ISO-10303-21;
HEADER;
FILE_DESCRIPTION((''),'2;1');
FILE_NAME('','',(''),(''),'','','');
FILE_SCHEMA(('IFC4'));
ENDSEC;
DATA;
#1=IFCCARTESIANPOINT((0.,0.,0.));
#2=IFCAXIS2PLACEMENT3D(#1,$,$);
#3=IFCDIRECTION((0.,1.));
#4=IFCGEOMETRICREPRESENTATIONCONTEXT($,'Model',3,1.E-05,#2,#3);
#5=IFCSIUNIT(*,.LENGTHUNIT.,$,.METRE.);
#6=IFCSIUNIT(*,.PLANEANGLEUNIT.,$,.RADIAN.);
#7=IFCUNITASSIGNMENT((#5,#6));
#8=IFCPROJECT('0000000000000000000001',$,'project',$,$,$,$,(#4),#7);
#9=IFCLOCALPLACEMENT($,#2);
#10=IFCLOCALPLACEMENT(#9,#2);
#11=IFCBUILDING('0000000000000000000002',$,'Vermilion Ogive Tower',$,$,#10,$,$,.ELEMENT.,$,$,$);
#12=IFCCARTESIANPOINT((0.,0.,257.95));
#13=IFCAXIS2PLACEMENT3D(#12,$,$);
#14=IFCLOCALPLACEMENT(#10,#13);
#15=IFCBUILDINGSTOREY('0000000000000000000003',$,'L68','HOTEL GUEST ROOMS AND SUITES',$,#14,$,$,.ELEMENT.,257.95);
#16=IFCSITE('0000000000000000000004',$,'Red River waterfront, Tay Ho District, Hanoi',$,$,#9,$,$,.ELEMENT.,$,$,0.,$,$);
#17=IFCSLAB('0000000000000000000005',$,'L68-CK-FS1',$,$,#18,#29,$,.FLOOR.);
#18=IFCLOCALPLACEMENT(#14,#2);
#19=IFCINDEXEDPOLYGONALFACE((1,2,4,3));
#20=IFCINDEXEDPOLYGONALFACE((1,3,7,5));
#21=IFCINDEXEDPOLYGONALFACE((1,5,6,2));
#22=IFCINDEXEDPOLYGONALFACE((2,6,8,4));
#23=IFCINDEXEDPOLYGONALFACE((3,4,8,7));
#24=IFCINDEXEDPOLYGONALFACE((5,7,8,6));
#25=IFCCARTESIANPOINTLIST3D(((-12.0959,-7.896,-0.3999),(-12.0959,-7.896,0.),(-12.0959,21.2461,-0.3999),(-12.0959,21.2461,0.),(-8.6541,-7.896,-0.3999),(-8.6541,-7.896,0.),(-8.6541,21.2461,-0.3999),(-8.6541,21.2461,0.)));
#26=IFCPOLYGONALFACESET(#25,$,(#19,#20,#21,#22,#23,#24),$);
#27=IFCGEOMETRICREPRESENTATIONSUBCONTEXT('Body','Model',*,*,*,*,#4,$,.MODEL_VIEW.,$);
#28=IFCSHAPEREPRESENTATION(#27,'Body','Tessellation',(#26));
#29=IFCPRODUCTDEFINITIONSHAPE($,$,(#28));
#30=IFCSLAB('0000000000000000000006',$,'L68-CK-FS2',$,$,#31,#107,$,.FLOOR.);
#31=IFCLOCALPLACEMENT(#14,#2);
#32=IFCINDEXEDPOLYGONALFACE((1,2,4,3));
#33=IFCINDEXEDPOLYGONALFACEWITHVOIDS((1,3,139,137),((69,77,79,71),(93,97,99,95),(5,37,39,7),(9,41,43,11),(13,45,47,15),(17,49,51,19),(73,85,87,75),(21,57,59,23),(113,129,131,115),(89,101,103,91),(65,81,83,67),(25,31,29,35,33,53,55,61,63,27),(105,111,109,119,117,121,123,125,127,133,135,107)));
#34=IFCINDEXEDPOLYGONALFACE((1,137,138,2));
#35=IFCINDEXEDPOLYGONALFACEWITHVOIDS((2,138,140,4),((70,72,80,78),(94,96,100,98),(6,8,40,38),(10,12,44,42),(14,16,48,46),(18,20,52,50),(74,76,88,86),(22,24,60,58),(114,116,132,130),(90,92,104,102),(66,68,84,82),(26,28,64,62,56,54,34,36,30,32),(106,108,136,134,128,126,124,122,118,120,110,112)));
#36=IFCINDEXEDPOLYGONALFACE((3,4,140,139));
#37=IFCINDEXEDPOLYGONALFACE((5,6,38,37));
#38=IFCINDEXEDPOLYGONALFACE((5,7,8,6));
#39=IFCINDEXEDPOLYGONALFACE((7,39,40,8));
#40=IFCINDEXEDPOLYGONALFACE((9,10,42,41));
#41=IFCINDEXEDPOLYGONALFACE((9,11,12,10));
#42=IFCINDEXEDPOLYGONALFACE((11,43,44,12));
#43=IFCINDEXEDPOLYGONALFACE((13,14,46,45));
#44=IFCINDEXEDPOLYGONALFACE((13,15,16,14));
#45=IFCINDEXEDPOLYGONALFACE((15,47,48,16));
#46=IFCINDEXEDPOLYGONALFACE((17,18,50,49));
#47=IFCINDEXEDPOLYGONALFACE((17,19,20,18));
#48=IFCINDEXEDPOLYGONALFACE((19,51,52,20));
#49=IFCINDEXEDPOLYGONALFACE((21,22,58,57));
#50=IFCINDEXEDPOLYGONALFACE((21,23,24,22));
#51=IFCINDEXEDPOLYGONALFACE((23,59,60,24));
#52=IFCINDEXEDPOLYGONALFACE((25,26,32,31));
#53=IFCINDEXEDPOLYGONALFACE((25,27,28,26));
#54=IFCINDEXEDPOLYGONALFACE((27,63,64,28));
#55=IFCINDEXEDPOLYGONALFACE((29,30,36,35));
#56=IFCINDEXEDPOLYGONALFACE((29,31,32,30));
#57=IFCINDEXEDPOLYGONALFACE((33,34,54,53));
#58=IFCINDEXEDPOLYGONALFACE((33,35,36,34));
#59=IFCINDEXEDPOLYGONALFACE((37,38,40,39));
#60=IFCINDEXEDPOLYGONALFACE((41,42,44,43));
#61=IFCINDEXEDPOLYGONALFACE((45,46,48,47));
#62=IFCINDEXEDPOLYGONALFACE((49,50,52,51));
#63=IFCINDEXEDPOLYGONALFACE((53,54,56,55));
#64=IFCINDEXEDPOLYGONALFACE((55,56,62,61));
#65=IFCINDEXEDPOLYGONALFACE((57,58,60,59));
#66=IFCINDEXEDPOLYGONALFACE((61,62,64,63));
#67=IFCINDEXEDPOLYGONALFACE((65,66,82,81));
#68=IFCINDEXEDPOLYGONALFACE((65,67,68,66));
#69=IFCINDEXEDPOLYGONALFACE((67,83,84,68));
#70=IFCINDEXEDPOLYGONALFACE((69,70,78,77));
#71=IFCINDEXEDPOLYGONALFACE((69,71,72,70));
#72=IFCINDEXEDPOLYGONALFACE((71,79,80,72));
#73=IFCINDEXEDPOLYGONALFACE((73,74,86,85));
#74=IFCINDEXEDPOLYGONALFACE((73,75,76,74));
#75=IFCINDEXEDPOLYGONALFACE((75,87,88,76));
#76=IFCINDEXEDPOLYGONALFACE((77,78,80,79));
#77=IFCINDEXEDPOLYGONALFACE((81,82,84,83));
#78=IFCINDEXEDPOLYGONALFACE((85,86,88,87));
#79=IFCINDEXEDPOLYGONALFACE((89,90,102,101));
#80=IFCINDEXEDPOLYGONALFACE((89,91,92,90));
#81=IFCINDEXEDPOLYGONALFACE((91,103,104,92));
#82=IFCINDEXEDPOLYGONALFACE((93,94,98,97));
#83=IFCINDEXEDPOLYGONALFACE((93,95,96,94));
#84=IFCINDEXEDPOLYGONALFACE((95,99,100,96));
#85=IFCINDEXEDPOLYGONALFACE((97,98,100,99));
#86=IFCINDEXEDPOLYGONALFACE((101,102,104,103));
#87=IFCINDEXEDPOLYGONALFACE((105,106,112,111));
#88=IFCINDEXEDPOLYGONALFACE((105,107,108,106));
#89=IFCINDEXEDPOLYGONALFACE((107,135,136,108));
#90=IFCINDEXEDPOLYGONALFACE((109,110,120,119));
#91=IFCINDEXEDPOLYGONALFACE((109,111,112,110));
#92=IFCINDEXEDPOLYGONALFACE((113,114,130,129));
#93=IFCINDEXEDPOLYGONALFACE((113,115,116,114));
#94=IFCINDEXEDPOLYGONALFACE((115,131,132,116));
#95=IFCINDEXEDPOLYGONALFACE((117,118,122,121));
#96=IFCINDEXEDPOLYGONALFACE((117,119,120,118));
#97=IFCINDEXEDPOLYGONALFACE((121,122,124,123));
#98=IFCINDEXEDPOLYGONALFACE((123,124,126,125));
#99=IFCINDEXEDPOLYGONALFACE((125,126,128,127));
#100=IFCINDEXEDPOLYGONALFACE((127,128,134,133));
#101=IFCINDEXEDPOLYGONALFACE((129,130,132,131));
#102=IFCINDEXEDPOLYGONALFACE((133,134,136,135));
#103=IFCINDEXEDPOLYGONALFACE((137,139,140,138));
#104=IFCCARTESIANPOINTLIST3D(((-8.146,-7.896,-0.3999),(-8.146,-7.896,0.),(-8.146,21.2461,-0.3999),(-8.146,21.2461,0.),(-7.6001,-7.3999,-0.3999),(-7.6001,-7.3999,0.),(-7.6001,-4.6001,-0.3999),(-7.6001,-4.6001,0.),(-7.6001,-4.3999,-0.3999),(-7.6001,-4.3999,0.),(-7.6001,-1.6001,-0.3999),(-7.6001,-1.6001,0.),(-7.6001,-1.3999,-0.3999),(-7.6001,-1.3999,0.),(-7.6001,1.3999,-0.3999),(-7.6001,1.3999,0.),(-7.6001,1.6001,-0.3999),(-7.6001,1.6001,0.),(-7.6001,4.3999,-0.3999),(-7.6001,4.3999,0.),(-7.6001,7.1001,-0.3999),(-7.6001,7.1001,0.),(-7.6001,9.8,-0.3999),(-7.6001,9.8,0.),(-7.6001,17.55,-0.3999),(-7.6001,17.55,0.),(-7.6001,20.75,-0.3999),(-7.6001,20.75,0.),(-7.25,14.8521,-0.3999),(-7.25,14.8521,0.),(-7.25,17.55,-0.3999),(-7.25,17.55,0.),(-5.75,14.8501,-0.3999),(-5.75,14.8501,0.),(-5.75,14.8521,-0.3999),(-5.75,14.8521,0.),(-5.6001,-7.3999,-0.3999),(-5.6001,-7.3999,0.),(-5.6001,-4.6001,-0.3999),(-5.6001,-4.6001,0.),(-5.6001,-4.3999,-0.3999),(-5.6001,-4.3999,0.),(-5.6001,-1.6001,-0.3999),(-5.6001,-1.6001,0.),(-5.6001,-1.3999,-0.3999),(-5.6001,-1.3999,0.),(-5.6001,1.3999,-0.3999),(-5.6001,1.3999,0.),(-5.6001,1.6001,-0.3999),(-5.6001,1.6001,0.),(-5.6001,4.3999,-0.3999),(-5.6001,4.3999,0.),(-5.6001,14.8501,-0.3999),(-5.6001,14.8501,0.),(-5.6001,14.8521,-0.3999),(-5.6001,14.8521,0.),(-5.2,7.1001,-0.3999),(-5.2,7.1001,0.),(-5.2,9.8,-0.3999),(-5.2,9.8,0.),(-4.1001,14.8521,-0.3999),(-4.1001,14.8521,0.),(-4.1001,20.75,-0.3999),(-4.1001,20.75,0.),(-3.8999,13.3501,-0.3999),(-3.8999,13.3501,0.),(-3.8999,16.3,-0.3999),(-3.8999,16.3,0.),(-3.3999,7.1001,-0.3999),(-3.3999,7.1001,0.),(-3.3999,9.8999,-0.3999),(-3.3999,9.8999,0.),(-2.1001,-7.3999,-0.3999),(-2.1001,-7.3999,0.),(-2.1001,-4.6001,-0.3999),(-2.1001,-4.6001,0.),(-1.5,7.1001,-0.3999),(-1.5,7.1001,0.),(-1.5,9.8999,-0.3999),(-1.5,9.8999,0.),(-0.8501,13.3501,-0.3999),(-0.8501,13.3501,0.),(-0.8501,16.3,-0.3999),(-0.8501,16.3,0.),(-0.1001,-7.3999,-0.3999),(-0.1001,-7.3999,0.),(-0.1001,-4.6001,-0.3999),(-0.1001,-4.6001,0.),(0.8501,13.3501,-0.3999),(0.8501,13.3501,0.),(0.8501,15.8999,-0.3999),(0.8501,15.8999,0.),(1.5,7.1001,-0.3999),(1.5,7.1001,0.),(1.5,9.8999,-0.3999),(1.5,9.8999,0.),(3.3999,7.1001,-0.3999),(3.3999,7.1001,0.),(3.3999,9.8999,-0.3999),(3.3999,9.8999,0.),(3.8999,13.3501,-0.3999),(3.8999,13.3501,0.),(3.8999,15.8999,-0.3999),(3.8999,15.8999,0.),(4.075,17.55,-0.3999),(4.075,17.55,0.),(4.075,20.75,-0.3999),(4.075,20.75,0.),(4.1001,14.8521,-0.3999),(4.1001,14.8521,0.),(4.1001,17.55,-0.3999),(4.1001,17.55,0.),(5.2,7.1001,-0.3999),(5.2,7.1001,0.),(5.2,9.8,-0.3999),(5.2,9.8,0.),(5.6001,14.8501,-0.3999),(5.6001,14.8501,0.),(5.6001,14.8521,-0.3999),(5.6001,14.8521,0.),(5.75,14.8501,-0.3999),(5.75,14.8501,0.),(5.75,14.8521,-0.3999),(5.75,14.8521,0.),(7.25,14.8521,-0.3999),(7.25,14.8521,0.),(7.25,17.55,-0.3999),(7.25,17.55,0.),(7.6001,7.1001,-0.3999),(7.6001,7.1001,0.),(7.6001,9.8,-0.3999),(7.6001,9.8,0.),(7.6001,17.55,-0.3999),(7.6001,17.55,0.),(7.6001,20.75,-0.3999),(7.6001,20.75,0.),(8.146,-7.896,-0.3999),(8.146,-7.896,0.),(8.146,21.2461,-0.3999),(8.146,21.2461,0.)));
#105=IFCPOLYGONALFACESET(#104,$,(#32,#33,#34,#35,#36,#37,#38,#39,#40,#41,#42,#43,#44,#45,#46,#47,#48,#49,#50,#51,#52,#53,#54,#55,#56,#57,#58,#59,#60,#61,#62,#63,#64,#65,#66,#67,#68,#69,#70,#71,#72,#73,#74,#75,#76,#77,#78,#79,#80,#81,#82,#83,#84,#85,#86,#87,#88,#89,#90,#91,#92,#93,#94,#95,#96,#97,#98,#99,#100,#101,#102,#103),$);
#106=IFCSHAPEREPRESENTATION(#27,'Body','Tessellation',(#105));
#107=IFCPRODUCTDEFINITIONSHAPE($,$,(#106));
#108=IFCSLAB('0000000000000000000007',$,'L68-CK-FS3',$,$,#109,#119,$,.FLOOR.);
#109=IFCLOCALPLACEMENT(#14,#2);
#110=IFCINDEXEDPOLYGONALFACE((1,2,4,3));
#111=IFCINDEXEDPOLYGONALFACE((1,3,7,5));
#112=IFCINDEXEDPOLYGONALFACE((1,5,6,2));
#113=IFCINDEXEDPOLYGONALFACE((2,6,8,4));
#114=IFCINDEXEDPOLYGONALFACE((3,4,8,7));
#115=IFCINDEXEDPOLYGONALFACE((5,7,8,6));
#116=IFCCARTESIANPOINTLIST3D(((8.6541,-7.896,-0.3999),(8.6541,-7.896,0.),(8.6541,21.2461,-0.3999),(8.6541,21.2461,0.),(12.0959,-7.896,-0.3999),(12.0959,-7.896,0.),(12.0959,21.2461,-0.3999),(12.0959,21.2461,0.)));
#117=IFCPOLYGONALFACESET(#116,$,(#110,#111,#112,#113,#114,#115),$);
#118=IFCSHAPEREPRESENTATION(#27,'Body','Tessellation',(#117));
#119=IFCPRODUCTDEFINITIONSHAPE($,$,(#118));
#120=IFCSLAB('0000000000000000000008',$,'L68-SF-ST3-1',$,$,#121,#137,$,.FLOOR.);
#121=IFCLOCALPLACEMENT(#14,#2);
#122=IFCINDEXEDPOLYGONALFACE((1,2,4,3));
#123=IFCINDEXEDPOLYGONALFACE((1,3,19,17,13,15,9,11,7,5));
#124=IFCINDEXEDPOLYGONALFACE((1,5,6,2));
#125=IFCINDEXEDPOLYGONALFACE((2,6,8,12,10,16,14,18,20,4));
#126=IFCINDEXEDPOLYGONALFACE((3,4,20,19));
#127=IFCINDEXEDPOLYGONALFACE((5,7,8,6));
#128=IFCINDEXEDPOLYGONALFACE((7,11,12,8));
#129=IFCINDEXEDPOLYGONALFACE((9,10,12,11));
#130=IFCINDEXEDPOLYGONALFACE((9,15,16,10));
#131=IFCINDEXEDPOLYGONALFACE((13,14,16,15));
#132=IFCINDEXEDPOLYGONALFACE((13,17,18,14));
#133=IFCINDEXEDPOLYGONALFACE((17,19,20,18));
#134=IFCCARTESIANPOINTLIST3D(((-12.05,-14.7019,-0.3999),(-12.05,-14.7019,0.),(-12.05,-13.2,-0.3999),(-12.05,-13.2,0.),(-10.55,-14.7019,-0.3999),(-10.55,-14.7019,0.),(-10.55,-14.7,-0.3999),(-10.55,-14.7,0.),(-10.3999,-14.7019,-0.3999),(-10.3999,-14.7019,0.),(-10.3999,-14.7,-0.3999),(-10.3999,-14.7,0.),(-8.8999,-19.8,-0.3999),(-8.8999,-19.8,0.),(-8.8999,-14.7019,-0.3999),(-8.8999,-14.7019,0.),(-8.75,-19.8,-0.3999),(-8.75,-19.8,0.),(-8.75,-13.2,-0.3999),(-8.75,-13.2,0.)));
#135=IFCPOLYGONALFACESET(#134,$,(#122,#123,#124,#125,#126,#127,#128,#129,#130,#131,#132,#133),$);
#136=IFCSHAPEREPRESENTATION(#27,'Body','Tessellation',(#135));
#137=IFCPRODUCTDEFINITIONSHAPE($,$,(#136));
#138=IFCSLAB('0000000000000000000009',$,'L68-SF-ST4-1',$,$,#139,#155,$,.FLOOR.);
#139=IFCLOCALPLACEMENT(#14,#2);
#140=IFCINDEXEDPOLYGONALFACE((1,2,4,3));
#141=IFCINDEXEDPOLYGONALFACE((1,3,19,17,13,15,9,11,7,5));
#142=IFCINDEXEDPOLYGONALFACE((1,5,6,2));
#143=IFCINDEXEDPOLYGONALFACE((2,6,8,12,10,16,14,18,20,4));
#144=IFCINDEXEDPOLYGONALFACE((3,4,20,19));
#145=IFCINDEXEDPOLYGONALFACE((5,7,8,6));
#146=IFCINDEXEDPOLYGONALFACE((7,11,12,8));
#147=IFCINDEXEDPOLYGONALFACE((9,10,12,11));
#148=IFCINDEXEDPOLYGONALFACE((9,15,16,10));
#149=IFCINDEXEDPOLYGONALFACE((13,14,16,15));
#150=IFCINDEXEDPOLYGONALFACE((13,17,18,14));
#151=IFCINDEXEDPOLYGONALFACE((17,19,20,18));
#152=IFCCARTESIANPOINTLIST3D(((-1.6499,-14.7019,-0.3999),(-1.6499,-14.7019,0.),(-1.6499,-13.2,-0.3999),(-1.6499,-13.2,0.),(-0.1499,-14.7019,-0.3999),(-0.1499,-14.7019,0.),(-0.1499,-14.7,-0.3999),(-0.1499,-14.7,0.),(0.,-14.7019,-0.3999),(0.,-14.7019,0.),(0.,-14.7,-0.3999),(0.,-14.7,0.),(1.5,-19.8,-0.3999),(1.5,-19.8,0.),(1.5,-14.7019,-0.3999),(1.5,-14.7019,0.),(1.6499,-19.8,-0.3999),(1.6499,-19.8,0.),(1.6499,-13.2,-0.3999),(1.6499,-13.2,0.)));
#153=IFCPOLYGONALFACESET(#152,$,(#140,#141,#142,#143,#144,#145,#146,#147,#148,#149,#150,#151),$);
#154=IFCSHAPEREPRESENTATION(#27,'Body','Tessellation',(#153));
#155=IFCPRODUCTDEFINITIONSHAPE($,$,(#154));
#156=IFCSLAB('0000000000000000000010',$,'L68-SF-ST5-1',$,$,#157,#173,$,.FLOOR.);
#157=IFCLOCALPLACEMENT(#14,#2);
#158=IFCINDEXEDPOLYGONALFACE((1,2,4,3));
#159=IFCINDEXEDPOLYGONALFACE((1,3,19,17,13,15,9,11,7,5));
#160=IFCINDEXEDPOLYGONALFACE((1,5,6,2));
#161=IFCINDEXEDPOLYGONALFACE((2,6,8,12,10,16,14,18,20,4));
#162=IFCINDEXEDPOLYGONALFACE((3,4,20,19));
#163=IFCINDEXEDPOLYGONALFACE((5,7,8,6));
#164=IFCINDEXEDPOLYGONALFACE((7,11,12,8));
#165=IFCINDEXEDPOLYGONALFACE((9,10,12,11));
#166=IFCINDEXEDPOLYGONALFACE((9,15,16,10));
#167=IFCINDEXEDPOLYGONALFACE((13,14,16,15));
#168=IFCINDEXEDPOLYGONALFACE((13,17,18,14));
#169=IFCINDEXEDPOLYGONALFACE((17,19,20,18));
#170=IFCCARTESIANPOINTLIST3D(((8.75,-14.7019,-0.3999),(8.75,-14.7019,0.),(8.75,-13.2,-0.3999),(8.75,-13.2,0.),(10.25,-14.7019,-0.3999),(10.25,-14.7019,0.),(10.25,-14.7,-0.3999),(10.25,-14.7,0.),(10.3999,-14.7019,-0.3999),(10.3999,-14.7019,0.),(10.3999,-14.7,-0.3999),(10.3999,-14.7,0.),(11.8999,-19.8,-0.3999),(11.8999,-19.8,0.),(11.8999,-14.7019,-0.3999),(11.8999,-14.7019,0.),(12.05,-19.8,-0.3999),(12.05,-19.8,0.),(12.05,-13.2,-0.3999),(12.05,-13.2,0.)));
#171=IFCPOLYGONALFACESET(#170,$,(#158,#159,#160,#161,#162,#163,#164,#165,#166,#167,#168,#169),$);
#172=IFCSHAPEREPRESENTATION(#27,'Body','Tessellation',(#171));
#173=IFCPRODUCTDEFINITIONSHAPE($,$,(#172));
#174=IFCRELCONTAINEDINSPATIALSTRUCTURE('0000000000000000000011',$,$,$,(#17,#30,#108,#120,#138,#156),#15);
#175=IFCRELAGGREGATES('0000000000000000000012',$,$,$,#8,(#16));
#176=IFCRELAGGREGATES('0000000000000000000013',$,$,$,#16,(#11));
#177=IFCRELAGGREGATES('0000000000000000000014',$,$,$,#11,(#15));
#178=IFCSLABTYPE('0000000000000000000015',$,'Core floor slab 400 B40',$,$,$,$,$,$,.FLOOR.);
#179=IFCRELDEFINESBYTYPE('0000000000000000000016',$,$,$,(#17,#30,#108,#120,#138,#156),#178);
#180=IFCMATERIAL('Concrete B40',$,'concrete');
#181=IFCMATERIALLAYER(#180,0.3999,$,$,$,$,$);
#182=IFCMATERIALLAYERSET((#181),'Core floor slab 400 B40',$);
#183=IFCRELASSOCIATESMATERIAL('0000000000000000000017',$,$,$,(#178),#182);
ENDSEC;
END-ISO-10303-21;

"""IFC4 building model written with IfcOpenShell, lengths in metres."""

from ifc_helpers import new_model, si_unit, direction, frame, origin, place, context, subcontext, project, spatial, polyline, outline, extrude, material, layer, layer_set, type_object, element, save


model = new_model("IFC4")

# Units and contexts
model_context = context("Model", 3, precision=1e-05, world=origin(), true_north=direction((0.0, 1.0)))
body_context = subcontext(model_context, "Body", "Model", "MODEL_VIEW")
ifc_project = project(units=[si_unit("LENGTHUNIT", "METRE"), si_unit("PLANEANGLEUNIT", "RADIAN")], contexts=[model_context])

# Site, building, storey
site_placement = place(None, origin())
site = spatial("IfcSite", under=ifc_project, at=site_placement, Name="Red River waterfront, Tay Ho District, Hanoi", CompositionType="ELEMENT", RefElevation=0.0)
building_placement = place(site_placement, origin())
building = spatial("IfcBuilding", under=site, at=building_placement, Name="Vermilion Ogive Tower", CompositionType="ELEMENT")
storey_placement = place(building_placement, frame((0.0, 0.0, 257.95)))
storey = spatial("IfcBuildingStorey", under=building, at=storey_placement, Name="L68", Description="HOTEL GUEST ROOMS AND SUITES", CompositionType="ELEMENT", Elevation=257.95)

# Slabs
ifc_material_1 = material(Name="Concrete B40", Category="concrete")
ifc_layer_1 = layer(ifc_material_1, 0.3999)
ifc_layer_set_1 = layer_set([ifc_layer_1], Name="Core floor slab 400 B40")
slab_type_1 = type_object("IfcSlabType", Name="Core floor slab 400 B40", PredefinedType="FLOOR", material=ifc_layer_set_1)
slab_1_placement = place(storey_placement, frame((0.0, 0.0, -0.3999)))
element("IfcSlab", 1, at=slab_1_placement, inside=storey, type_object=slab_type_1, Name="L68-CK-FS1", PredefinedType="FLOOR", context=body_context, shape_type="SweptSolid", body=[
    extrude(outline(polyline([(-8.6541, 21.2461), (-8.6541, -7.896), (-12.0959, -7.896), (-12.0959, 21.2461), (-8.6541, 21.2461)])), origin(), (0.0, 0.0, 1.0), 0.3999),
])
slab_2_placement = place(storey_placement, frame((0.0, 0.0, -0.3999)))
element("IfcSlab", 2, at=slab_2_placement, inside=storey, type_object=slab_type_1, Name="L68-CK-FS2", PredefinedType="FLOOR", context=body_context, shape_type="SweptSolid", body=[
    extrude(outline(polyline([(-8.146, -7.896), (8.146, -7.896), (8.146, 21.2461), (-8.146, 21.2461), (-8.146, -7.896)]), holes=[polyline([(-7.6001, -7.3999), (-7.6001, -4.6001), (-5.6001, -4.6001), (-5.6001, -7.3999), (-7.6001, -7.3999)]), polyline([(-7.6001, -4.3999), (-7.6001, -1.6001), (-5.6001, -1.6001), (-5.6001, -4.3999), (-7.6001, -4.3999)]), polyline([(-7.6001, -1.3999), (-7.6001, 1.3999), (-5.6001, 1.3999), (-5.6001, -1.3999), (-7.6001, -1.3999)]), polyline([(-7.6001, 1.6001), (-7.6001, 4.3999), (-5.6001, 4.3999), (-5.6001, 1.6001), (-7.6001, 1.6001)]), polyline([(-7.6001, 7.1001), (-7.6001, 9.8), (-5.2, 9.8), (-5.2, 7.1001), (-7.6001, 7.1001)]), polyline([(-3.3999, 9.8999), (-1.5, 9.8999), (-1.5, 7.1001), (-3.3999, 7.1001), (-3.3999, 9.8999)]), polyline([(-7.6001, 17.55), (-7.6001, 20.75), (-4.1001, 20.75), (-4.1001, 14.8521), (-5.6001, 14.8521), (-5.6001, 14.8501), (-5.75, 14.8501), (-5.75, 14.8521), (-7.25, 14.8521), (-7.25, 17.55), (-7.6001, 17.55)]), polyline([(-2.1001, -7.3999), (-2.1001, -4.6001), (-0.1001, -4.6001), (-0.1001, -7.3999), (-2.1001, -7.3999)]), polyline([(5.2, 7.1001), (5.2, 9.8), (7.6001, 9.8), (7.6001, 7.1001), (5.2, 7.1001)]), polyline([(1.5, 7.1001), (1.5, 9.8999), (3.3999, 9.8999), (3.3999, 7.1001), (1.5, 7.1001)]), polyline([(0.8501, 13.3501), (0.8501, 15.8999), (3.8999, 15.8999), (3.8999, 13.3501), (0.8501, 13.3501)]), polyline([(-3.8999, 16.3), (-0.8501, 16.3), (-0.8501, 13.3501), (-3.8999, 13.3501), (-3.8999, 16.3)]), polyline([(5.75, 14.8501), (5.6001, 14.8501), (5.6001, 14.8521), (4.1001, 14.8521), (4.1001, 17.55), (4.075, 17.55), (4.075, 20.75), (7.6001, 20.75), (7.6001, 17.55), (7.25, 17.55), (7.25, 14.8521), (5.75, 14.8521), (5.75, 14.8501)])]), origin(), (0.0, 0.0, 1.0), 0.3999),
])
slab_3_placement = place(storey_placement, frame((0.0, 0.0, -0.3999)))
element("IfcSlab", 3, at=slab_3_placement, inside=storey, type_object=slab_type_1, Name="L68-CK-FS3", PredefinedType="FLOOR", context=body_context, shape_type="SweptSolid", body=[
    extrude(outline(polyline([(8.6541, 21.2461), (12.0959, 21.2461), (12.0959, -7.896), (8.6541, -7.896), (8.6541, 21.2461)])), origin(), (0.0, 0.0, 1.0), 0.3999),
])
slab_4_placement = place(storey_placement, frame((0.0, 0.0, -0.3999)))
element("IfcSlab", 4, at=slab_4_placement, inside=storey, type_object=slab_type_1, Name="L68-SF-ST3-1", PredefinedType="FLOOR", context=body_context, shape_type="SweptSolid", body=[
    extrude(outline(polyline([(-12.05, -13.2), (-12.05, -14.7019), (-10.55, -14.7019), (-10.55, -14.7), (-10.3999, -14.7), (-10.3999, -14.7019), (-8.8999, -14.7019), (-8.8999, -19.8), (-8.75, -19.8), (-8.75, -13.2), (-12.05, -13.2)])), origin(), (0.0, 0.0, 1.0), 0.3999),
])
slab_5_placement = place(storey_placement, frame((0.0, 0.0, -0.3999)))
element("IfcSlab", 5, at=slab_5_placement, inside=storey, type_object=slab_type_1, Name="L68-SF-ST4-1", PredefinedType="FLOOR", context=body_context, shape_type="SweptSolid", body=[
    extrude(outline(polyline([(-1.6499, -13.2), (-1.6499, -14.7019), (-0.1499, -14.7019), (-0.1499, -14.7), (0.0, -14.7), (0.0, -14.7019), (1.5, -14.7019), (1.5, -19.8), (1.6499, -19.8), (1.6499, -13.2), (-1.6499, -13.2)])), origin(), (0.0, 0.0, 1.0), 0.3999),
])
slab_6_placement = place(storey_placement, frame((0.0, 0.0, -0.3999)))
element("IfcSlab", 6, at=slab_6_placement, inside=storey, type_object=slab_type_1, Name="L68-SF-ST5-1", PredefinedType="FLOOR", context=body_context, shape_type="SweptSolid", body=[
    extrude(outline(polyline([(8.75, -13.2), (8.75, -14.7019), (10.25, -14.7019), (10.25, -14.7), (10.3999, -14.7), (10.3999, -14.7019), (11.8999, -14.7019), (11.8999, -19.8), (12.05, -19.8), (12.05, -13.2), (8.75, -13.2)])), origin(), (0.0, 0.0, 1.0), 0.3999),
])

save(model, "model.ifc")
